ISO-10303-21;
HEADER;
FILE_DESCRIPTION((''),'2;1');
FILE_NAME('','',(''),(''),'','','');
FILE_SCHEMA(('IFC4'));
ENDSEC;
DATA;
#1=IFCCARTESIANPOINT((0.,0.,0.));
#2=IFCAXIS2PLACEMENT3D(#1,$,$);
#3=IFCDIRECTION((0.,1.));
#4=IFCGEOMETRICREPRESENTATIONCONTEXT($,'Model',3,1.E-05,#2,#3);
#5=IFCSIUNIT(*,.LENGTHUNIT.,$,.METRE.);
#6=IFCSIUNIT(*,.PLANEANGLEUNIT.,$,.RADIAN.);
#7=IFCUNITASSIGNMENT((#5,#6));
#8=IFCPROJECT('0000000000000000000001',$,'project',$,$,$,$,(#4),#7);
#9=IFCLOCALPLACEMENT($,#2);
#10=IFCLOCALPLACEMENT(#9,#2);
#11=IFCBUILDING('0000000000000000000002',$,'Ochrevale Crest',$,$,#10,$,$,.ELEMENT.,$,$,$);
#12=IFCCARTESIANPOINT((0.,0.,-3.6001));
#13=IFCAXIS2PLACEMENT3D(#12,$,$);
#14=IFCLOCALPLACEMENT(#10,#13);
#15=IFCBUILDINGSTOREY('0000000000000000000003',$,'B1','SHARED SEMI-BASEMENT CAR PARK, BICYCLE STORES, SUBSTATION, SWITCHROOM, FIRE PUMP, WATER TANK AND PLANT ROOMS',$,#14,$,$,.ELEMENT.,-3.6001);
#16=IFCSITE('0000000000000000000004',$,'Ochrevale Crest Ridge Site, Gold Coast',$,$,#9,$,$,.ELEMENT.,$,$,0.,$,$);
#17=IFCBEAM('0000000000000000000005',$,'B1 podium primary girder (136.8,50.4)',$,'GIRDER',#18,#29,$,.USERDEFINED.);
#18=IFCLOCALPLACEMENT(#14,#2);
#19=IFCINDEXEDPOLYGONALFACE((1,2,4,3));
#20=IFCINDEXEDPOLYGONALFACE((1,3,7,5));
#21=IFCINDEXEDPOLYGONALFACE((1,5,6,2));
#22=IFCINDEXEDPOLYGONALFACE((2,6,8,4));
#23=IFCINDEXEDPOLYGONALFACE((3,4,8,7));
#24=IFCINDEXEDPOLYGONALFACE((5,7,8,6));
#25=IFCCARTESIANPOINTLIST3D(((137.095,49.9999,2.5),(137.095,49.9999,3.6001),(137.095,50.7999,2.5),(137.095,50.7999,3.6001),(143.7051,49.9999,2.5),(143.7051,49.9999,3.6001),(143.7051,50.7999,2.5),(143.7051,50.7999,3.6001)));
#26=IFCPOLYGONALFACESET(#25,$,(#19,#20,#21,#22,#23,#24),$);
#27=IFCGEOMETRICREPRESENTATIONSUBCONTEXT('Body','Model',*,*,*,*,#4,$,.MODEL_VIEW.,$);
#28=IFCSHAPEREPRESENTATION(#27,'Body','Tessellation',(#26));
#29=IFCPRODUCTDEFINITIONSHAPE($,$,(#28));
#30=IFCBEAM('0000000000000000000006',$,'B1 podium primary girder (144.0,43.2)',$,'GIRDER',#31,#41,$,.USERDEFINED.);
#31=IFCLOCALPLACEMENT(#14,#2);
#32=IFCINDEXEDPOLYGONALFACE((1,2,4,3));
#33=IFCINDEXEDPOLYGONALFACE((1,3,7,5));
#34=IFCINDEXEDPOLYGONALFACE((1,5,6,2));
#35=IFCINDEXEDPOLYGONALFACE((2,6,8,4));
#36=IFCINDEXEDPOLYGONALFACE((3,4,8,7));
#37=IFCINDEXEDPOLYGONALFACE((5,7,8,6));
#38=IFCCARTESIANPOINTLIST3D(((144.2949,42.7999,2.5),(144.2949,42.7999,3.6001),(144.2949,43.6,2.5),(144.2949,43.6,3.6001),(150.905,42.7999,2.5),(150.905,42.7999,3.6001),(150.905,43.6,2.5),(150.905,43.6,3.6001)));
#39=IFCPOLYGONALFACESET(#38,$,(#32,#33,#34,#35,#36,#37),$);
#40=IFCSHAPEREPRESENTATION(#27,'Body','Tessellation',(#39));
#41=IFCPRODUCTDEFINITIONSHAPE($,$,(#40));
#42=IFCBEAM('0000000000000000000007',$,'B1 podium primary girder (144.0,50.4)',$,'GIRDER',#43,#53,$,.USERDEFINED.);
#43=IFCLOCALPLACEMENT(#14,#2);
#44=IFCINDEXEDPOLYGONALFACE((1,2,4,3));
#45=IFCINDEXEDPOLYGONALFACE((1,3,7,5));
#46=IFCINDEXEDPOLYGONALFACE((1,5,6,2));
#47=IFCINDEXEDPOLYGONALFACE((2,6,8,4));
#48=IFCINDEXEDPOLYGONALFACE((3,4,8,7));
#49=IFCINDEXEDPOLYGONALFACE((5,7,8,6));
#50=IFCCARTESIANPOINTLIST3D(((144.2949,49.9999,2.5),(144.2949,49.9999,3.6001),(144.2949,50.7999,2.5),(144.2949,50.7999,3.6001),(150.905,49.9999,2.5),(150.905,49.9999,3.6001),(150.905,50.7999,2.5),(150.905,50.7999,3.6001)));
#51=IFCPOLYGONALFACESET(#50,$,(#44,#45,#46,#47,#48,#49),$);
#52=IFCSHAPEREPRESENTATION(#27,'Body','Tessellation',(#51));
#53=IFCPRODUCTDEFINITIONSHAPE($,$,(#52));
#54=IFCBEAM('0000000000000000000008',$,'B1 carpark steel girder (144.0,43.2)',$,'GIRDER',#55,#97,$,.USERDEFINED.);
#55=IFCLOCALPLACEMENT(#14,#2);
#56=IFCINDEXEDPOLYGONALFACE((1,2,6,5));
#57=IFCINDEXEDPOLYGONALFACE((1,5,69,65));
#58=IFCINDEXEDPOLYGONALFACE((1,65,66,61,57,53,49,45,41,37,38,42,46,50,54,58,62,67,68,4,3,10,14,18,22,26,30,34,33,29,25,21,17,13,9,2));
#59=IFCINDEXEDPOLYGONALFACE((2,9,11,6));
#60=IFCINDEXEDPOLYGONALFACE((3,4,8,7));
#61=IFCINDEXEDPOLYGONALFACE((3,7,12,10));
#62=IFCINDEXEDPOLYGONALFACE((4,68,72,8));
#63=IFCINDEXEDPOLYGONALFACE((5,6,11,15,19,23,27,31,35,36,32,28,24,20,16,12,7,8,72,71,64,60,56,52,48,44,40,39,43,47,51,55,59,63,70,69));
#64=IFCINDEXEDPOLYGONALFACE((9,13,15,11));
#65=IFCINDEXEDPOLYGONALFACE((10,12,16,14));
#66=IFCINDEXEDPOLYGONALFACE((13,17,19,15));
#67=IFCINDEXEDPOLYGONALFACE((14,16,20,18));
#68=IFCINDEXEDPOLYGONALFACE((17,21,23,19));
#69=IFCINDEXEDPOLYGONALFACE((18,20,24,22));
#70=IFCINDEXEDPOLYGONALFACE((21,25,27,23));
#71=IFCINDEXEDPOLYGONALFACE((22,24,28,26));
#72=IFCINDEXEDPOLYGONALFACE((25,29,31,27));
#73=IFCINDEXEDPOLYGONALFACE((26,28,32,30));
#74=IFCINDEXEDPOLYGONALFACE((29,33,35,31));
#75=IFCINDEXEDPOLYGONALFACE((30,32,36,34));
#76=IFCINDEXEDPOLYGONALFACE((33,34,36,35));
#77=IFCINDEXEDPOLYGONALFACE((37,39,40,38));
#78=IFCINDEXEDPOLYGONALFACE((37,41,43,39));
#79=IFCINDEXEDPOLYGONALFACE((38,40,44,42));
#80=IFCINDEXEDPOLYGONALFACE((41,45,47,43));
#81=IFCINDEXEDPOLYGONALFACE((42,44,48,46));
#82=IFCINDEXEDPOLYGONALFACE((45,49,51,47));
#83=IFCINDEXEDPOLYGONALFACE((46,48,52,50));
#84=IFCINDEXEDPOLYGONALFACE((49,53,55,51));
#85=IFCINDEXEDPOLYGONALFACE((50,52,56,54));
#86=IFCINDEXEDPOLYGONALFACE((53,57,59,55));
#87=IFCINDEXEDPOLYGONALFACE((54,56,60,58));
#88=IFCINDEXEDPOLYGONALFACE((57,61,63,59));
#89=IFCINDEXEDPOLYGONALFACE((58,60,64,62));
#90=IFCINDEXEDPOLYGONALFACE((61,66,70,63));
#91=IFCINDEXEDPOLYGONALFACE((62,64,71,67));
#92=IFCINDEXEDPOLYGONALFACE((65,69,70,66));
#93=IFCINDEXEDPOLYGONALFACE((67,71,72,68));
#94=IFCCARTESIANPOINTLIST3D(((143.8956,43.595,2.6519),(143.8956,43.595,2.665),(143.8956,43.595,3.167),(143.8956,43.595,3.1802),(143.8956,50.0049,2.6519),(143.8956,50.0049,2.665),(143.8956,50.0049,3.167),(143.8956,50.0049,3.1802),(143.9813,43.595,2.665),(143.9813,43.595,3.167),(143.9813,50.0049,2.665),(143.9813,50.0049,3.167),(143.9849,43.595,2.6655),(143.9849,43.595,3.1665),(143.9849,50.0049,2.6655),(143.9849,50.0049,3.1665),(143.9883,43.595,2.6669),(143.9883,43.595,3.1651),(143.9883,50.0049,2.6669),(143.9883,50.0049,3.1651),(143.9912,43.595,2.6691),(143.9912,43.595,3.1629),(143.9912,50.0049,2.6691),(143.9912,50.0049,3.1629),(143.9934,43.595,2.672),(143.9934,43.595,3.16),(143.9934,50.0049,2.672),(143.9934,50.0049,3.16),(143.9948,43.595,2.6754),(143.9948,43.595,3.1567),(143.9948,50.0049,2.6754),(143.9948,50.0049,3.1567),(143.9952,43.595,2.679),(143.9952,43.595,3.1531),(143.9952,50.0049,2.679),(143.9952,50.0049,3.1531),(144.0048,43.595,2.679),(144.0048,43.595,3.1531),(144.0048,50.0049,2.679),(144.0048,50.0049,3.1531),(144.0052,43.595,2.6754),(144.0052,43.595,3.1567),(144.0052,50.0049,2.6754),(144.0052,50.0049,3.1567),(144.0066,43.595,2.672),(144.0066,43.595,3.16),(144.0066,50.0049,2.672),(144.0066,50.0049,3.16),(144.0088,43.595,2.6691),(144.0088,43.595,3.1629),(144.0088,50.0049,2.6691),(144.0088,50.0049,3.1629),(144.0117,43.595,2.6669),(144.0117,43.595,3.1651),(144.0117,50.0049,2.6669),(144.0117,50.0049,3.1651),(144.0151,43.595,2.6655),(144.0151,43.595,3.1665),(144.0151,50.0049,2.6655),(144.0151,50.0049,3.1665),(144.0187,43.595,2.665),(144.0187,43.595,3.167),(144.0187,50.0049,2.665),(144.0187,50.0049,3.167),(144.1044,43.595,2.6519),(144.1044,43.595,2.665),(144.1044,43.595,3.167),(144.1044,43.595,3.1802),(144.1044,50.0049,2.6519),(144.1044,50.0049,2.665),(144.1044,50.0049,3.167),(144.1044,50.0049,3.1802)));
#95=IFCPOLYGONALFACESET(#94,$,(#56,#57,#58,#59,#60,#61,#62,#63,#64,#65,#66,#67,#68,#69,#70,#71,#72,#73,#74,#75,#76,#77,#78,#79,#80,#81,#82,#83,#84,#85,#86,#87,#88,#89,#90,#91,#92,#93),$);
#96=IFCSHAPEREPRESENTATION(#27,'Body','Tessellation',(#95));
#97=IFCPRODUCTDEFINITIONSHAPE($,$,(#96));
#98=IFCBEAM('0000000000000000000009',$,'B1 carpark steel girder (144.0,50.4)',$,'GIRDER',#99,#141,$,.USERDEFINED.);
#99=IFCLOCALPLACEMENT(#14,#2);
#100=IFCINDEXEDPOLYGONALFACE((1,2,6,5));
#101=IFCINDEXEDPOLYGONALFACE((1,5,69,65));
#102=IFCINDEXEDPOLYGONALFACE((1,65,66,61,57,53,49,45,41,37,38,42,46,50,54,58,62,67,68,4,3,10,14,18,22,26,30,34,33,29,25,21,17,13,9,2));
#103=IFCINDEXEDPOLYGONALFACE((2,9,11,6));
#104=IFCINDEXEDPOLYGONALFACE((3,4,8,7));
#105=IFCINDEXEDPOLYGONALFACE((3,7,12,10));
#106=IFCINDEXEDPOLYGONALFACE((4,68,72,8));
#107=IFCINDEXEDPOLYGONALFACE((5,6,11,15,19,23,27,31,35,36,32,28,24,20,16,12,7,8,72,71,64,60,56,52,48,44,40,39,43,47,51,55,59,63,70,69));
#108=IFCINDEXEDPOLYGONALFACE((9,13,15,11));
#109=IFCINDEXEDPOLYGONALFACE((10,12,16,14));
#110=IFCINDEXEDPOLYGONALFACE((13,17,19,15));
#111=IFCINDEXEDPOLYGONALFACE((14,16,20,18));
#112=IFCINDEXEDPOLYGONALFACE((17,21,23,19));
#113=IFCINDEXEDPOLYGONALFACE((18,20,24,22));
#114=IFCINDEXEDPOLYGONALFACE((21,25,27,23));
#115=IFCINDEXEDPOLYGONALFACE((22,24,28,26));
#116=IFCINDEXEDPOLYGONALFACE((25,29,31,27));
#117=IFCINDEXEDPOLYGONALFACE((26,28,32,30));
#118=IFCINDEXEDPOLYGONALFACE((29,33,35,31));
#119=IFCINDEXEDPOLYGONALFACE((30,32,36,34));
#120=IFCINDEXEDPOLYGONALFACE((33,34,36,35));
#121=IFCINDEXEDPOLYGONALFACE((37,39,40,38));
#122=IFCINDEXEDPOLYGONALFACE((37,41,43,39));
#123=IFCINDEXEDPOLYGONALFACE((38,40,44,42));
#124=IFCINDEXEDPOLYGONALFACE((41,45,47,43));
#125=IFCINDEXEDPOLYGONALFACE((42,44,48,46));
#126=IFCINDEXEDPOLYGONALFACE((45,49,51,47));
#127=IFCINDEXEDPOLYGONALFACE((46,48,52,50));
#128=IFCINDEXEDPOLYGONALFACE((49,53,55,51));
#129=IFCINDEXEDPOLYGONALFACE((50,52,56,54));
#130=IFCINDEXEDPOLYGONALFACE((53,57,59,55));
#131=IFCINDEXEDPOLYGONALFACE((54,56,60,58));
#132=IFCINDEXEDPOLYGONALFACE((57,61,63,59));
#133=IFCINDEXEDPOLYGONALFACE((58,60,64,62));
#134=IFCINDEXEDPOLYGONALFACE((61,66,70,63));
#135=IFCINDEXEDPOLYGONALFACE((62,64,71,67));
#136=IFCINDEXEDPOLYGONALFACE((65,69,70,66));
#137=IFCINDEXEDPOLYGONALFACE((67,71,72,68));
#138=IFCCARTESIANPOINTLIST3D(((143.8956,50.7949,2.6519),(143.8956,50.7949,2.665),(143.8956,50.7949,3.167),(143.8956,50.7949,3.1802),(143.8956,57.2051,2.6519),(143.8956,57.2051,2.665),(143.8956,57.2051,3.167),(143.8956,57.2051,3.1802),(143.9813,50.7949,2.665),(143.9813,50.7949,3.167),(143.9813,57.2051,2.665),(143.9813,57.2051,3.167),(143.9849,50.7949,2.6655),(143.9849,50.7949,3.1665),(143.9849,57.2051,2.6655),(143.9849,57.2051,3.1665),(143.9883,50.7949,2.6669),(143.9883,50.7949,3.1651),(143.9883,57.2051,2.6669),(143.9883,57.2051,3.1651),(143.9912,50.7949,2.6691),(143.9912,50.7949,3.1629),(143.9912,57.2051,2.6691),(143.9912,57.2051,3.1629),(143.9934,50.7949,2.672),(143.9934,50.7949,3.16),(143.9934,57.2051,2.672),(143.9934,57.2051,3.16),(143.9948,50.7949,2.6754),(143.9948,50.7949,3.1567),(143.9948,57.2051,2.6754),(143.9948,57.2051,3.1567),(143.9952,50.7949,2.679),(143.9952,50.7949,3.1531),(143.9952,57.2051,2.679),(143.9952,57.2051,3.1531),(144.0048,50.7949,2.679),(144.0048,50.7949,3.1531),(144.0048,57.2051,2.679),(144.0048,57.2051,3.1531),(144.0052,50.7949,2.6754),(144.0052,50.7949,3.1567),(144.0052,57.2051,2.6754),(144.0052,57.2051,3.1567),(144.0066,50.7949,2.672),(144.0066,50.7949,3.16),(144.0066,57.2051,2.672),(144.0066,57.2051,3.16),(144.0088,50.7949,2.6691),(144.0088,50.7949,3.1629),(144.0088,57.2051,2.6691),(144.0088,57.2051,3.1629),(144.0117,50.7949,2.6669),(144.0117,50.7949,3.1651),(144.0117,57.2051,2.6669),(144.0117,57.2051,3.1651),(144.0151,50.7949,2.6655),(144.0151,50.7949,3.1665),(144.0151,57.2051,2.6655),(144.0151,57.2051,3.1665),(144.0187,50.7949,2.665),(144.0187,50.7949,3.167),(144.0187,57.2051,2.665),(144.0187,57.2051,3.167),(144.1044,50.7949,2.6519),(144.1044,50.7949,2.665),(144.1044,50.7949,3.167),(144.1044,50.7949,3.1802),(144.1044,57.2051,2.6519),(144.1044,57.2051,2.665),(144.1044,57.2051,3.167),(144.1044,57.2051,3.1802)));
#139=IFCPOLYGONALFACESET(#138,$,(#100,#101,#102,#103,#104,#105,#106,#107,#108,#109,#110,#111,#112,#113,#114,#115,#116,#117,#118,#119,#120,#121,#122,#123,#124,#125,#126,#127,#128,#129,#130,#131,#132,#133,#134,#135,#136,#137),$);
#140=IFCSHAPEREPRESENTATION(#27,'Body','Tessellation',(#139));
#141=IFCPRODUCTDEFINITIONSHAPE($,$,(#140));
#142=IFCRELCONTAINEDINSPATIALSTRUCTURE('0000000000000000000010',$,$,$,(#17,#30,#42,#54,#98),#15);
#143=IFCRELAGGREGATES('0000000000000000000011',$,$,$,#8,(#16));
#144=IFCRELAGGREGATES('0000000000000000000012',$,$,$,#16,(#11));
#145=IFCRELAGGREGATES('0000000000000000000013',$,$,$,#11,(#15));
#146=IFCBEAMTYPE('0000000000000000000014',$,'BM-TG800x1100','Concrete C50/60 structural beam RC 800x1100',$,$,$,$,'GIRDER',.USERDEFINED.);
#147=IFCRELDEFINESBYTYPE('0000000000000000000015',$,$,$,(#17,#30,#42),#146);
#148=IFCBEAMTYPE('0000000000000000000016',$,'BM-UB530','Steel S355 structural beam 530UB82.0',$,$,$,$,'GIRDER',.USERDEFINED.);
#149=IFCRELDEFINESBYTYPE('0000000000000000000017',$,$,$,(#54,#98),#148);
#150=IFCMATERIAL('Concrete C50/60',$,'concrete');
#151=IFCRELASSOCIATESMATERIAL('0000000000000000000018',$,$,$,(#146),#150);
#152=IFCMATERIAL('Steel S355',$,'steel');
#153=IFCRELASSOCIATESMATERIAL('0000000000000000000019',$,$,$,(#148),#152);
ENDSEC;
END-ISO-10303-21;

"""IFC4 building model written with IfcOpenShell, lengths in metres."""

from ifc_helpers import new_model, si_unit, direction, frame, origin, origin_2d, place, context, subcontext, project, spatial, rectangle, i_section, extrude, material, material_profile, profile_set, type_object, element, save


model = new_model("IFC4")

# Units and contexts
model_context = context("Model", 3, precision=1e-05, world=origin(), true_north=direction((0.0, 1.0)))
body_context = subcontext(model_context, "Body", "Model", "MODEL_VIEW")
ifc_project = project(units=[si_unit("LENGTHUNIT", "METRE"), si_unit("PLANEANGLEUNIT", "RADIAN")], contexts=[model_context])

# Site, building, storey
site_placement = place(None, origin())
site = spatial("IfcSite", under=ifc_project, at=site_placement, Name="Ochrevale Crest Ridge Site, Gold Coast", CompositionType="ELEMENT", RefElevation=0.0)
building_placement = place(site_placement, origin())
building = spatial("IfcBuilding", under=site, at=building_placement, Name="Ochrevale Crest", CompositionType="ELEMENT")
storey_placement = place(building_placement, frame((0.0, 0.0, -3.6001)))
storey = spatial("IfcBuildingStorey", under=building, at=storey_placement, Name="B1", Description="SHARED SEMI-BASEMENT CAR PARK, BICYCLE STORES, SUBSTATION, SWITCHROOM, FIRE PUMP, WATER TANK AND PLANT ROOMS", CompositionType="ELEMENT", Elevation=-3.6001)

# Shared definitions
ifc_material_1 = material(Name="Concrete C50/60", Category="concrete")

# Beams
ifc_material_profile_1 = material_profile(ifc_material_1, rectangle(XDim=0.8, YDim=1.1001, at=origin_2d()), Name="RC 800x1100")
ifc_profile_set_1 = profile_set([ifc_material_profile_1], Name="Concrete C50/60")
beam_type_1 = type_object("IfcBeamType", Name="BM-TG800x1100", Description="Concrete C50/60 structural beam RC 800x1100", ElementType="GIRDER", PredefinedType="USERDEFINED", material=ifc_profile_set_1)
for number, where, z_axis, x_axis, name in (
    (1, (137.095, 50.3999, 3.05), (1.0, 0.0, 0.0), (0.0, 1.0, 0.0), "B1 podium primary girder (136.8,50.4)"),
    (2, (144.2949, 43.2, 3.05), (1.0, 0.0, 0.0), (0.0, 1.0, 0.0), "B1 podium primary girder (144.0,43.2)"),
    (3, (144.2949, 50.3999, 3.05), (1.0, 0.0, 0.0), (0.0, 1.0, 0.0), "B1 podium primary girder (144.0,50.4)"),
):
    element("IfcBeam", number, at=place(storey_placement, frame(where, z_axis=z_axis, x_axis=x_axis)), inside=storey, type_object=beam_type_1, Name=name, ObjectType="GIRDER", PredefinedType="USERDEFINED", context=body_context, shape_type="SweptSolid", body=[
        extrude(rectangle(XDim=0.8, YDim=1.1001, at=origin_2d()), origin(), (0.0, 0.0, 1.0), 6.6101),
    ])
ifc_material_2 = material(Name="Steel S355", Category="steel")
ifc_material_profile_2 = material_profile(ifc_material_2, i_section(OverallWidth=0.2087, OverallDepth=0.5283, WebThickness=0.0095, FlangeThickness=0.0132, FilletRadius=0.0139, at=origin_2d()), Name="530UB82.0")
ifc_profile_set_2 = profile_set([ifc_material_profile_2], Name="Steel S355")
beam_type_2 = type_object("IfcBeamType", Name="BM-UB530", Description="Steel S355 structural beam 530UB82.0", ElementType="GIRDER", PredefinedType="USERDEFINED", material=ifc_profile_set_2)
beam_1_placement = place(storey_placement, frame((144.0, 43.595, 2.916), z_axis=(0.0, 1.0, 0.0), x_axis=(-1.0, 0.0, 0.0)))
element("IfcBeam", 4, at=beam_1_placement, inside=storey, type_object=beam_type_2, Name="B1 carpark steel girder (144.0,43.2)", ObjectType="GIRDER", PredefinedType="USERDEFINED", context=body_context, shape_type="SweptSolid", body=[
    extrude(i_section(OverallWidth=0.2087, OverallDepth=0.5283, WebThickness=0.0095, FlangeThickness=0.0132, FilletRadius=0.0139, at=origin_2d()), origin(), (0.0, 0.0, 1.0), 6.4099),
])
beam_2_placement = place(storey_placement, frame((144.0, 50.7949, 2.916), z_axis=(0.0, 1.0, 0.0), x_axis=(-1.0, 0.0, 0.0)))
element("IfcBeam", 5, at=beam_2_placement, inside=storey, type_object=beam_type_2, Name="B1 carpark steel girder (144.0,50.4)", ObjectType="GIRDER", PredefinedType="USERDEFINED", context=body_context, shape_type="SweptSolid", body=[
    extrude(i_section(OverallWidth=0.2087, OverallDepth=0.5283, WebThickness=0.0095, FlangeThickness=0.0132, FilletRadius=0.0139, at=origin_2d()), origin(), (0.0, 0.0, 1.0), 6.4102),
])

save(model, "model.ifc")
